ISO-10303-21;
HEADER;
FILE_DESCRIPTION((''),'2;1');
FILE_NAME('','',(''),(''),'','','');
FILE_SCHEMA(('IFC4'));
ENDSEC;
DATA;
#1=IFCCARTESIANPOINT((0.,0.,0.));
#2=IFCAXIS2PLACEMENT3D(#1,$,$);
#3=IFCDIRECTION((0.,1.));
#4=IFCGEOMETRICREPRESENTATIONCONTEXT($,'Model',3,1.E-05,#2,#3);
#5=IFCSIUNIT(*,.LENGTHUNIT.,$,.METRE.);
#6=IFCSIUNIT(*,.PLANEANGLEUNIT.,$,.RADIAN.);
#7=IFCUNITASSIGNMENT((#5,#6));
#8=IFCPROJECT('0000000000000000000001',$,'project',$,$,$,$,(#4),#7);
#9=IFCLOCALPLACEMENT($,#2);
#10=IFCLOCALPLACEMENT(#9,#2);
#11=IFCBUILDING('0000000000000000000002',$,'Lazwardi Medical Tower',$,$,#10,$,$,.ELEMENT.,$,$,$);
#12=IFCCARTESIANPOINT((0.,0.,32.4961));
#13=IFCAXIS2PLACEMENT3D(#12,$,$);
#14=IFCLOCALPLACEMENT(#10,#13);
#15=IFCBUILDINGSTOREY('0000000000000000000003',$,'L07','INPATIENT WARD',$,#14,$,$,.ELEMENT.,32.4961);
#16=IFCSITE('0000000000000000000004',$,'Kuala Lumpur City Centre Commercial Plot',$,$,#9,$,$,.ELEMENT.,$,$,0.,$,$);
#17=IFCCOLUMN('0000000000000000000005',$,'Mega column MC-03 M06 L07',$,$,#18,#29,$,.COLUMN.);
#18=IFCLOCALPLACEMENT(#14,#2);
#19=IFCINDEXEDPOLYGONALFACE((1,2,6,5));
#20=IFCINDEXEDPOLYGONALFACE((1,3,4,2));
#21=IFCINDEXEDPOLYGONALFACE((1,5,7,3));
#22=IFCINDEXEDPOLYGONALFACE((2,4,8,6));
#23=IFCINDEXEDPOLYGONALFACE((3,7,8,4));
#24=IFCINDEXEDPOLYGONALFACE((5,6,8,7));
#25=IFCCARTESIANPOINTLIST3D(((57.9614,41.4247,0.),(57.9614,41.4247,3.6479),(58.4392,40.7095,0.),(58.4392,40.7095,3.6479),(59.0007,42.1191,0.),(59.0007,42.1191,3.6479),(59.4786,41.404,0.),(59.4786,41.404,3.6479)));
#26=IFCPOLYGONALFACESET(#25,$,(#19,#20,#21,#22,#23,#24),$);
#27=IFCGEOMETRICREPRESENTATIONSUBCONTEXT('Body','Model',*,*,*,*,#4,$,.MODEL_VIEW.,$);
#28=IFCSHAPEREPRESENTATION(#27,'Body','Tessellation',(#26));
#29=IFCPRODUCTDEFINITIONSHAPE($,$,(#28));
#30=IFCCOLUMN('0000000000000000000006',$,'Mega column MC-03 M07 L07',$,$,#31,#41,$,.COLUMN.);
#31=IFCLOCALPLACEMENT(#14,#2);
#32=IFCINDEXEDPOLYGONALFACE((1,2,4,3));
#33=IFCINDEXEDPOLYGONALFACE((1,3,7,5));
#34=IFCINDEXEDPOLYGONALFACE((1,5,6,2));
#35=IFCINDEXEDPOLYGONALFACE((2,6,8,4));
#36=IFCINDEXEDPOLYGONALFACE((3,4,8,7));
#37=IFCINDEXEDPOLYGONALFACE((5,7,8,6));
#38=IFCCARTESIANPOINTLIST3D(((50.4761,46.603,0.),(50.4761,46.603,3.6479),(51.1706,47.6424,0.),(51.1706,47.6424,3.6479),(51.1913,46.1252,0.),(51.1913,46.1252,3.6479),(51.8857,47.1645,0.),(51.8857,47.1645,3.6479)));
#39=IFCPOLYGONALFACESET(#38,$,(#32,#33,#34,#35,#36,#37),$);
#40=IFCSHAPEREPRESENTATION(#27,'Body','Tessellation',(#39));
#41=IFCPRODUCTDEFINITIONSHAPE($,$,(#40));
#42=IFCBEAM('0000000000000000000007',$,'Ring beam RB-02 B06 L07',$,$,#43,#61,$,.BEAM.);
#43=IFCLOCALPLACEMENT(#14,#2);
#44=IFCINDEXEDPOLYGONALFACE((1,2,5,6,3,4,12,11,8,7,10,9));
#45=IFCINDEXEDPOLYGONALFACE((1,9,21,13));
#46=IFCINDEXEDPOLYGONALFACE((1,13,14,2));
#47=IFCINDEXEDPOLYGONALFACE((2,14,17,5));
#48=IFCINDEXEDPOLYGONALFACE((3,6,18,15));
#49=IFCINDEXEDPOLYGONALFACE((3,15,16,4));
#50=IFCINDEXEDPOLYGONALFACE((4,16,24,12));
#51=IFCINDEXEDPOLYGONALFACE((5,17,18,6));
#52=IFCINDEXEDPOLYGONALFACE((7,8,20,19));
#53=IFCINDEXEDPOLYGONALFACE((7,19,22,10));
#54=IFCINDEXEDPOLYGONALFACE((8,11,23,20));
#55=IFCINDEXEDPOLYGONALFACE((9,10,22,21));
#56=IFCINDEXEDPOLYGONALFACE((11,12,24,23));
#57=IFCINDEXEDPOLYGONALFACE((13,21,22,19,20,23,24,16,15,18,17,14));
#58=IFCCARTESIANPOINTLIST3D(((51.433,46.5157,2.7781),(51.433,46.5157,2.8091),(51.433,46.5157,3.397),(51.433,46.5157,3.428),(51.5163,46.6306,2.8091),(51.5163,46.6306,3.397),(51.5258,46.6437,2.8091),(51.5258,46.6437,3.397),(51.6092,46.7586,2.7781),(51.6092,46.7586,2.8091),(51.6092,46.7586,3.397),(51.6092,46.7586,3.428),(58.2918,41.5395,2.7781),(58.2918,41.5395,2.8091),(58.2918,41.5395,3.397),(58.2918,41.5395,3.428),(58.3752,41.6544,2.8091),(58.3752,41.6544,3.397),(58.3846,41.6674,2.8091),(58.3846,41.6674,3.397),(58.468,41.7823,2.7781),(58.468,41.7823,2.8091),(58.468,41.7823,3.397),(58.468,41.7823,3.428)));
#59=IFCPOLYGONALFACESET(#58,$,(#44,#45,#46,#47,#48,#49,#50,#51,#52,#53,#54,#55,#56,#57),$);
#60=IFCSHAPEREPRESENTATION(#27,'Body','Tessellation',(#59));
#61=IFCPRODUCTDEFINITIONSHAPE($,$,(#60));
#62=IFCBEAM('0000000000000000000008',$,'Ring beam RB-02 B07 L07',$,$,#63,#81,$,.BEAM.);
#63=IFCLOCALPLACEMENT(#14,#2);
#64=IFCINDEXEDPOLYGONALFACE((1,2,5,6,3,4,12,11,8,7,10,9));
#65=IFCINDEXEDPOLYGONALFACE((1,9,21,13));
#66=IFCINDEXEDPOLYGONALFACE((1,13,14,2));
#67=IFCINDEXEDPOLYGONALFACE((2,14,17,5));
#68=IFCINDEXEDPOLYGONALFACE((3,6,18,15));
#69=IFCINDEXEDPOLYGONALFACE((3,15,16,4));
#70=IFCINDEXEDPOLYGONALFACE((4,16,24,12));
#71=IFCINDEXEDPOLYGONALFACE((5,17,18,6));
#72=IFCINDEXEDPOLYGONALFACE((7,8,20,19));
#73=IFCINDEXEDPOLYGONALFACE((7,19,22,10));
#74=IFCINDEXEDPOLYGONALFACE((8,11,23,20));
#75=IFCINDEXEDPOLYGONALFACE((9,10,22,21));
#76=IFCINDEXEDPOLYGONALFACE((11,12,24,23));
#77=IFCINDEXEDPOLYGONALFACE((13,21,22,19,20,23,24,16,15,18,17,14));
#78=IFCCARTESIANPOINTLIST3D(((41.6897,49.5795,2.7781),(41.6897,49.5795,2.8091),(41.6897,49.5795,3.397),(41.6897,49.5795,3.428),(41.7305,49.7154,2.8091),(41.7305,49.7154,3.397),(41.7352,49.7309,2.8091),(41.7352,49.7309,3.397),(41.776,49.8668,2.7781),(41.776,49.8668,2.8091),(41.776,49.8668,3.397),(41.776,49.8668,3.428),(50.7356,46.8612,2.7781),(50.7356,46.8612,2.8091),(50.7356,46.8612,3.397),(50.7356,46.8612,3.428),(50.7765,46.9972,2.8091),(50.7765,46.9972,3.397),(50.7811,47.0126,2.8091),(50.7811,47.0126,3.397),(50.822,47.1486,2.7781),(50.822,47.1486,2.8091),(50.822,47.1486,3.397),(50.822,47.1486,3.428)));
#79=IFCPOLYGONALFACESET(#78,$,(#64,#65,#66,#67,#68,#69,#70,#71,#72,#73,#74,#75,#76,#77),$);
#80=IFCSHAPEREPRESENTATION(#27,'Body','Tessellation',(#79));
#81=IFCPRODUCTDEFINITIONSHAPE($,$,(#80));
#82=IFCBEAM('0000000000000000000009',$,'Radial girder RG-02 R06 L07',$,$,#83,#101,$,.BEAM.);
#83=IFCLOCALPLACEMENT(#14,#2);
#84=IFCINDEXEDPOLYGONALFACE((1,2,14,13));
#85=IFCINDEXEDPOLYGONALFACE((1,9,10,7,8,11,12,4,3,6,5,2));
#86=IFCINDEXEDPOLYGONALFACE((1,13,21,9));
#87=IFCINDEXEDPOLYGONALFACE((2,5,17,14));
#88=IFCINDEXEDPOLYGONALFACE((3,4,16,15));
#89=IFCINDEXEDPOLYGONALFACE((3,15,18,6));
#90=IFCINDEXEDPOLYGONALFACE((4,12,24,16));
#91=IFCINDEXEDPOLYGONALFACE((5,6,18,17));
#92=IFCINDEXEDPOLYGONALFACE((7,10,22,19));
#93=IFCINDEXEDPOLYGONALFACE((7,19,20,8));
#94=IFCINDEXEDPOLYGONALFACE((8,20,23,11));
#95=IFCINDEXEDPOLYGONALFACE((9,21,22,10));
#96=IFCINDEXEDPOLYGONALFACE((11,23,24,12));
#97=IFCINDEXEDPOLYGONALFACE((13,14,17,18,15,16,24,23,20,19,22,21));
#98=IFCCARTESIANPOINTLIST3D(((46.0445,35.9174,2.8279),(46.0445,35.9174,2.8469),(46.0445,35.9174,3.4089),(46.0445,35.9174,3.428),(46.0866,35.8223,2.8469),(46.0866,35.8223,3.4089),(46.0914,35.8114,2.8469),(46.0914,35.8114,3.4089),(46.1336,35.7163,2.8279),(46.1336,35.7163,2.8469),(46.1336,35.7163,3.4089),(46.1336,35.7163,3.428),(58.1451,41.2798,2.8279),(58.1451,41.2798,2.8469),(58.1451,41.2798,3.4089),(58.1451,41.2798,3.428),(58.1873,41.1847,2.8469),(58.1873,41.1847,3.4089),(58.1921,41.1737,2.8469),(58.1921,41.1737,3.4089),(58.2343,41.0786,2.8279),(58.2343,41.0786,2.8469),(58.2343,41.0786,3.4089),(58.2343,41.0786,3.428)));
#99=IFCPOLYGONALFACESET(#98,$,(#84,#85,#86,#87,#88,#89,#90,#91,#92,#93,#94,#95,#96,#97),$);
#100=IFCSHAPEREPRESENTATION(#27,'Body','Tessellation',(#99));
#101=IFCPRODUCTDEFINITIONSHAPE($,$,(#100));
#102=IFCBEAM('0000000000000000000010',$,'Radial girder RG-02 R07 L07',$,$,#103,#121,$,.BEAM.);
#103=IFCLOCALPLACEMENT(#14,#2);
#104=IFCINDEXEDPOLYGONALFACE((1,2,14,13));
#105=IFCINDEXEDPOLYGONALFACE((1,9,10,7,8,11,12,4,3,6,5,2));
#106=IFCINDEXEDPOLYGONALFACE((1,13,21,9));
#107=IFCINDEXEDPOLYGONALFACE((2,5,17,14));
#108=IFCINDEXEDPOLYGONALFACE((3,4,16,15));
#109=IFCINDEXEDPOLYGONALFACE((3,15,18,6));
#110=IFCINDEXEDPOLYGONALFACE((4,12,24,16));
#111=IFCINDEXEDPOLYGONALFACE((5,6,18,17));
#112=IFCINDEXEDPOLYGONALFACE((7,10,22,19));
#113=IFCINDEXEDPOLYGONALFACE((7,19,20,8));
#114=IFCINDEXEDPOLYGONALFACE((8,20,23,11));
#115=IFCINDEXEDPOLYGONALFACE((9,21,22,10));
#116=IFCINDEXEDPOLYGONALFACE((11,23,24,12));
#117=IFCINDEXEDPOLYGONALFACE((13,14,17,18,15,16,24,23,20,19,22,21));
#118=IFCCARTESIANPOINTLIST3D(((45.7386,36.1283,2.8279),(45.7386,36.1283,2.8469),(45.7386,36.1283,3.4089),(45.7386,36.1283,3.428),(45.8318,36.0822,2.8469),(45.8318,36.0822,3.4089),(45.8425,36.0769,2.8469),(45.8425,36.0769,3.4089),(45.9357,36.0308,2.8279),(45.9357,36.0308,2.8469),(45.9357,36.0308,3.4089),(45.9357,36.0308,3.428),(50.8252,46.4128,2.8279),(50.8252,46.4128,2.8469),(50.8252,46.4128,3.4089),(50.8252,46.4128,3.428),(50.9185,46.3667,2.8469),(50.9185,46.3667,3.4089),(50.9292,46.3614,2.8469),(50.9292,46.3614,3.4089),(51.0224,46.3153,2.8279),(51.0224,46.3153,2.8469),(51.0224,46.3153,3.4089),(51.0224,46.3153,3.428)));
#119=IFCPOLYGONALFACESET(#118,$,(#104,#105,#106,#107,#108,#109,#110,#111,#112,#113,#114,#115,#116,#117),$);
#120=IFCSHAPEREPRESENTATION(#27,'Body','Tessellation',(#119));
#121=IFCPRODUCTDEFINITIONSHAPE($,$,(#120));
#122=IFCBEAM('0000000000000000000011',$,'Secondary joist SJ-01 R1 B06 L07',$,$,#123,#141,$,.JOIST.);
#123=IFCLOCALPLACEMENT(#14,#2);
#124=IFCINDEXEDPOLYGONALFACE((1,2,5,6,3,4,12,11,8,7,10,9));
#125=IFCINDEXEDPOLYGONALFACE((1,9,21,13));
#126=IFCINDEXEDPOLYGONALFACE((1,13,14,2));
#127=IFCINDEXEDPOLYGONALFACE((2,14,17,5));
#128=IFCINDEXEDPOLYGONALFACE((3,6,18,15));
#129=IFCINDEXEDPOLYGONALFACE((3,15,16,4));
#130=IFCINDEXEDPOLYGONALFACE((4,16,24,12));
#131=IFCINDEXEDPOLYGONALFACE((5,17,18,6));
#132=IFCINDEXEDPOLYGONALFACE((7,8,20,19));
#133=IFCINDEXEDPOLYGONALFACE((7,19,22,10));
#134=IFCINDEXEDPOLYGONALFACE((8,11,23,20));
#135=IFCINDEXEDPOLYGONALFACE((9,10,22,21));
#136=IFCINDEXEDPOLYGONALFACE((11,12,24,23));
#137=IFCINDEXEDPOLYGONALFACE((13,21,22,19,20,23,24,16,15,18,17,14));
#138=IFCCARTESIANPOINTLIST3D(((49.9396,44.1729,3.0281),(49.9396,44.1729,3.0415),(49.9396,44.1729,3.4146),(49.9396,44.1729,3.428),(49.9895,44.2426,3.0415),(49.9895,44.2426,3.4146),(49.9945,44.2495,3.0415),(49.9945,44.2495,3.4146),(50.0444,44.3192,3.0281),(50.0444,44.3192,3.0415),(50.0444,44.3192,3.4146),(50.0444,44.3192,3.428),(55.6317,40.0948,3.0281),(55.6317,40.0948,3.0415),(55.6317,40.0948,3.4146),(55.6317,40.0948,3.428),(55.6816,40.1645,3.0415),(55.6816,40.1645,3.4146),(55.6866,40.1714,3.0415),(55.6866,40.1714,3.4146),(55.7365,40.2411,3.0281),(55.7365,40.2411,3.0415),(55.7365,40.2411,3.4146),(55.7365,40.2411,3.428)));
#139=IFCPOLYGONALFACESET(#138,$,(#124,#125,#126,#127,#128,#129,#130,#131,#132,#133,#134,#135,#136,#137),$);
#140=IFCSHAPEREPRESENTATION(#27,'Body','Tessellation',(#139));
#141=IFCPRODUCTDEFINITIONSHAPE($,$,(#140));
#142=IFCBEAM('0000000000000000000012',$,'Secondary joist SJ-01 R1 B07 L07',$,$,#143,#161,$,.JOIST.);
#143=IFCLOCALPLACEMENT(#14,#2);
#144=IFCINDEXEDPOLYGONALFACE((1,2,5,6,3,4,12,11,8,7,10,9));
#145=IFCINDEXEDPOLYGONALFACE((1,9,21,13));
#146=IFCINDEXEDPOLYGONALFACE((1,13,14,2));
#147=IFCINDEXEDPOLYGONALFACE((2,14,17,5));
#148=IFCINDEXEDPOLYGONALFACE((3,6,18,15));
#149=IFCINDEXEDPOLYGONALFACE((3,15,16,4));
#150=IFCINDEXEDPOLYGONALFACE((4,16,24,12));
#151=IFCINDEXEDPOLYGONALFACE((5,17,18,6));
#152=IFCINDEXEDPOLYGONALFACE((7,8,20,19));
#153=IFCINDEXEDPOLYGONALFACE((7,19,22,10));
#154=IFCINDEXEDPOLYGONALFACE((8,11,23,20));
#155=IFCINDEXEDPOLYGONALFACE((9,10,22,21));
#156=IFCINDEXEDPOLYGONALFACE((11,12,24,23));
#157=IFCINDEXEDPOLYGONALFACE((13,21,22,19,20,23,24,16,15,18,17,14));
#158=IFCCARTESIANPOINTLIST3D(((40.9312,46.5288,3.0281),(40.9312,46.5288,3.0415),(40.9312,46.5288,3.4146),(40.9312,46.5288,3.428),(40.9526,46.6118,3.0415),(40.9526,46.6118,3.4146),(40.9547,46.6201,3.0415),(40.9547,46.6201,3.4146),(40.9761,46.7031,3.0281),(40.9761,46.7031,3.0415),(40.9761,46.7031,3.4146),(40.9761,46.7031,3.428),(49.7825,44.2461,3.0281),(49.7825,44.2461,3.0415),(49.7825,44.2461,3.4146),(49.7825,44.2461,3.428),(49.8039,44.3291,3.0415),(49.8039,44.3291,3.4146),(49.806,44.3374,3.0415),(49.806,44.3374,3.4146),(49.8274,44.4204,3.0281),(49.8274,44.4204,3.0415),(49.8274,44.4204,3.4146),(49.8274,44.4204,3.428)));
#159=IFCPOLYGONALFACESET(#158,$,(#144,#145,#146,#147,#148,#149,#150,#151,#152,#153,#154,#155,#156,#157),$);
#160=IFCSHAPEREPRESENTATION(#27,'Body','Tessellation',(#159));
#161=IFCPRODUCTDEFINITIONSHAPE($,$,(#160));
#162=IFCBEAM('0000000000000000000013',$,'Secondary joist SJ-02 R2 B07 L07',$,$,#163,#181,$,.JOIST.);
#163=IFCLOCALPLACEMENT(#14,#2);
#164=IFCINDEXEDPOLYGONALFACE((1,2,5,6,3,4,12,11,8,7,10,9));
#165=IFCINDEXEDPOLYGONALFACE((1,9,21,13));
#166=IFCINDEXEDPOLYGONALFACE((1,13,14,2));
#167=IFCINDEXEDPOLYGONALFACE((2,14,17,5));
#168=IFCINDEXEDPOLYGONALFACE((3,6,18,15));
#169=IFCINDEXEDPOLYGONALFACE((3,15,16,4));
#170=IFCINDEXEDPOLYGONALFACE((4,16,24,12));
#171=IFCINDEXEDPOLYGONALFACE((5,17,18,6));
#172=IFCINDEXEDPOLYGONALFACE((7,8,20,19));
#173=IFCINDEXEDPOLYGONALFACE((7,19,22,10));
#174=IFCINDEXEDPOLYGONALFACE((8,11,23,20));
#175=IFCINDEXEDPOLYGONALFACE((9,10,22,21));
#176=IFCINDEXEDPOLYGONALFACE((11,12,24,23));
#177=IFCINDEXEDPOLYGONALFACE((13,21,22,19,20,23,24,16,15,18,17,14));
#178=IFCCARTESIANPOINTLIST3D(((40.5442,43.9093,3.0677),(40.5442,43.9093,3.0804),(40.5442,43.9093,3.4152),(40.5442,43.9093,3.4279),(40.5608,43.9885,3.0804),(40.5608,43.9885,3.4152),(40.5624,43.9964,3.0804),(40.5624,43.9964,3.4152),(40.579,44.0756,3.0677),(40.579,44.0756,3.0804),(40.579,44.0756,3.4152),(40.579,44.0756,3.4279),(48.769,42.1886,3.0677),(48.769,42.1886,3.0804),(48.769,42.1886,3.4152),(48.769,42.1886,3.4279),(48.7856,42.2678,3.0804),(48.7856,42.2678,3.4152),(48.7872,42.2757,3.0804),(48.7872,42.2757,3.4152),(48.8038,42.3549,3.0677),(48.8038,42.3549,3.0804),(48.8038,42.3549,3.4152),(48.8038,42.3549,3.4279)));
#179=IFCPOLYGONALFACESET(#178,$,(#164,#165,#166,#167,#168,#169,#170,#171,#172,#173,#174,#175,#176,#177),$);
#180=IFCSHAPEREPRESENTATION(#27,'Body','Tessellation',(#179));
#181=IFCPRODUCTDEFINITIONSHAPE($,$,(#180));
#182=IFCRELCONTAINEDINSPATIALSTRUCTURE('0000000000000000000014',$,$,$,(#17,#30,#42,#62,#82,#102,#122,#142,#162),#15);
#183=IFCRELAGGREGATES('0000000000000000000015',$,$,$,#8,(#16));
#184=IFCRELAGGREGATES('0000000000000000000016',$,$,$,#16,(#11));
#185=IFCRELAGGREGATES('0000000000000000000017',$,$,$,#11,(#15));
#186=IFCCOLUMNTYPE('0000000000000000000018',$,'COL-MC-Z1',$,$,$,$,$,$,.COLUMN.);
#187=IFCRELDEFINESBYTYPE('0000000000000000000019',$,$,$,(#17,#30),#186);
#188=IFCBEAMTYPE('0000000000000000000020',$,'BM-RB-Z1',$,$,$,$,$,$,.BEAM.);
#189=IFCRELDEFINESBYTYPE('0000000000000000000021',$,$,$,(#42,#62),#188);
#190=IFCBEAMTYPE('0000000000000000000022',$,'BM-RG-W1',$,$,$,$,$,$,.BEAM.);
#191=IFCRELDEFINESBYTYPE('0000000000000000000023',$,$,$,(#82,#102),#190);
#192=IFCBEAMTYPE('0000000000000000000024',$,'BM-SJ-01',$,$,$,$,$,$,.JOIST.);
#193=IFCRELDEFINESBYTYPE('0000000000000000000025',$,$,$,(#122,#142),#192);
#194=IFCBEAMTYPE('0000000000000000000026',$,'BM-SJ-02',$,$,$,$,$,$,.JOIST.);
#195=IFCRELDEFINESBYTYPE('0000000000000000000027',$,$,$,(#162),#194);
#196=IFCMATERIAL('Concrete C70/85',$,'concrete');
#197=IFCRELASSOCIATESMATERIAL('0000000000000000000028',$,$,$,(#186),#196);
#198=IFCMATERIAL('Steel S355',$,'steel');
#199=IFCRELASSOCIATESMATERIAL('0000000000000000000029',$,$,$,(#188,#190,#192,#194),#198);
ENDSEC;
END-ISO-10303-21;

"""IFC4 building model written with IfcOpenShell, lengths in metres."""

from ifc_helpers import new_model, si_unit, direction, frame, origin, origin_2d, place, context, subcontext, project, spatial, rectangle, i_section, extrude, material, material_profile, profile_set, type_object, element, save


model = new_model("IFC4")

# Units and contexts
model_context = context("Model", 3, precision=1e-05, world=origin(), true_north=direction((0.0, 1.0)))
body_context = subcontext(model_context, "Body", "Model", "MODEL_VIEW")
ifc_project = project(units=[si_unit("LENGTHUNIT", "METRE"), si_unit("PLANEANGLEUNIT", "RADIAN")], contexts=[model_context])

# Site, building, storey
site_placement = place(None, origin())
site = spatial("IfcSite", under=ifc_project, at=site_placement, Name="Kuala Lumpur City Centre Commercial Plot", CompositionType="ELEMENT", RefElevation=0.0)
building_placement = place(site_placement, origin())
building = spatial("IfcBuilding", under=site, at=building_placement, Name="Lazwardi Medical Tower", CompositionType="ELEMENT")
storey_placement = place(building_placement, frame((0.0, 0.0, 32.4961)))
storey = spatial("IfcBuildingStorey", under=building, at=storey_placement, Name="L07", Description="INPATIENT WARD", CompositionType="ELEMENT", Elevation=32.4961)

# Columns
ifc_material_1 = material(Name="Concrete C70/85", Category="concrete")
ifc_material_profile_1 = material_profile(ifc_material_1, rectangle(XDim=1.25, YDim=0.8601, at=origin_2d()), Name="CFT-RECT 1250x860")
ifc_profile_set_1 = profile_set([ifc_material_profile_1], Name="Concrete C70/85")
column_type = type_object("IfcColumnType", Name="COL-MC-Z1", PredefinedType="COLUMN", material=ifc_profile_set_1)
for number, where, z_axis, x_axis, name in (
    (1, (58.72, 41.4143, 0.0), (0.0, 0.0, 1.0), (0.83147, 0.55557, 0.0), "Mega column MC-03 M06 L07"),
    (2, (51.1809, 46.8838, 0.0), (0.0, 0.0, 1.0), (0.55557, 0.83147, 0.0), "Mega column MC-03 M07 L07"),
):
    element("IfcColumn", number, at=place(storey_placement, frame(where, z_axis=z_axis, x_axis=x_axis)), inside=storey, type_object=column_type, Name=name, PredefinedType="COLUMN", context=body_context, shape_type="SweptSolid", body=[
        extrude(rectangle(XDim=1.25, YDim=0.8601, at=origin_2d()), origin(), (0.0, 0.0, 1.0), 3.6479),
    ])

# Beams
ifc_material_2 = material(Name="Steel S355", Category="steel")
ifc_material_profile_2 = material_profile(ifc_material_2, i_section(OverallWidth=0.3, OverallDepth=0.6499, WebThickness=0.0161, FlangeThickness=0.031, at=origin_2d()), Name="HEB 650")
ifc_profile_set_2 = profile_set([ifc_material_profile_2], Name="Steel S355")
beam_type_1 = type_object("IfcBeamType", Name="BM-RB-Z1", PredefinedType="BEAM", material=ifc_profile_set_2)
beam_1_placement = place(storey_placement, frame((58.3799, 41.6609, 3.103), z_axis=(-0.809407, 0.587248, 0.0), x_axis=(-0.587248, -0.809407, 0.0)))
element("IfcBeam", 3, at=beam_1_placement, inside=storey, type_object=beam_type_1, Name="Ring beam RB-02 B06 L07", PredefinedType="BEAM", context=body_context, shape_type="SweptSolid", body=[
    extrude(i_section(OverallWidth=0.3, OverallDepth=0.6499, WebThickness=0.0161, FlangeThickness=0.031, at=origin_2d()), origin(), (0.0, 0.0, 1.0), 8.4739),
])
beam_2_placement = place(storey_placement, frame((50.7788, 47.0049, 3.103), z_axis=(-0.957695, 0.287784, 0.0), x_axis=(-0.287784, -0.957695, 0.0)))
element("IfcBeam", 4, at=beam_2_placement, inside=storey, type_object=beam_type_1, Name="Ring beam RB-02 B07 L07", PredefinedType="BEAM", context=body_context, shape_type="SweptSolid", body=[
    extrude(i_section(OverallWidth=0.3, OverallDepth=0.6499, WebThickness=0.0161, FlangeThickness=0.031, at=origin_2d()), origin(), (0.0, 0.0, 1.0), 9.4456),
])
ifc_material_profile_3 = material_profile(ifc_material_2, i_section(OverallWidth=0.22, OverallDepth=0.6001, WebThickness=0.012, FlangeThickness=0.019, at=origin_2d()), Name="IPE 600")
ifc_profile_set_3 = profile_set([ifc_material_profile_3], Name="Steel S355")
beam_type_2 = type_object("IfcBeamType", Name="BM-RG-W1", PredefinedType="BEAM", material=ifc_profile_set_3)
beam_3_placement = place(storey_placement, frame((58.1897, 41.1792, 3.1279), z_axis=(-0.914252, -0.405146, 0.0), x_axis=(0.405146, -0.914252, 0.0)))
element("IfcBeam", 5, at=beam_3_placement, inside=storey, type_object=beam_type_2, Name="Radial girder RG-02 R06 L07", PredefinedType="BEAM", context=body_context, shape_type="SweptSolid", body=[
    extrude(i_section(OverallWidth=0.22, OverallDepth=0.6001, WebThickness=0.012, FlangeThickness=0.019, at=origin_2d()), origin(), (0.0, 0.0, 1.0), 13.2356),
])
beam_4_placement = place(storey_placement, frame((50.9238, 46.364, 3.1279), z_axis=(-0.443337, -0.896355, 0.0), x_axis=(0.896355, -0.443337, 0.0)))
element("IfcBeam", 6, at=beam_4_placement, inside=storey, type_object=beam_type_2, Name="Radial girder RG-02 R07 L07", PredefinedType="BEAM", context=body_context, shape_type="SweptSolid", body=[
    extrude(i_section(OverallWidth=0.22, OverallDepth=0.6001, WebThickness=0.012, FlangeThickness=0.019, at=origin_2d()), origin(), (0.0, 0.0, 1.0), 11.4736),
])
ifc_material_profile_4 = material_profile(ifc_material_2, i_section(OverallWidth=0.1799, OverallDepth=0.3999, WebThickness=0.0085, FlangeThickness=0.0134, at=origin_2d()), Name="IPE 400")
ifc_profile_set_4 = profile_set([ifc_material_profile_4], Name="Steel S355")
beam_type_3 = type_object("IfcBeamType", Name="BM-SJ-01", PredefinedType="JOIST", material=ifc_profile_set_4)
beam_5_placement = place(storey_placement, frame((55.6841, 40.168, 3.228), z_axis=(-0.812901, 0.582402, 0.0), x_axis=(-0.582402, -0.812901, 0.0)))
element("IfcBeam", 7, at=beam_5_placement, inside=storey, type_object=beam_type_3, Name="Secondary joist SJ-01 R1 B06 L07", PredefinedType="JOIST", context=body_context, shape_type="SweptSolid", body=[
    extrude(i_section(OverallWidth=0.1799, OverallDepth=0.3999, WebThickness=0.0085, FlangeThickness=0.0134, at=origin_2d()), origin(), (0.0, 0.0, 1.0), 7.0022),
])
beam_6_placement = place(storey_placement, frame((49.8049, 44.3333, 3.228), z_axis=(-0.968317, 0.249725, 0.0), x_axis=(-0.249725, -0.968317, 0.0)))
element("IfcBeam", 8, at=beam_6_placement, inside=storey, type_object=beam_type_3, Name="Secondary joist SJ-01 R1 B07 L07", PredefinedType="JOIST", context=body_context, shape_type="SweptSolid", body=[
    extrude(i_section(OverallWidth=0.1799, OverallDepth=0.3999, WebThickness=0.0085, FlangeThickness=0.0134, at=origin_2d()), origin(), (0.0, 0.0, 1.0), 9.1409),
])
ifc_material_profile_5 = material_profile(ifc_material_2, i_section(OverallWidth=0.1699, OverallDepth=0.3601, WebThickness=0.0081, FlangeThickness=0.0127, at=origin_2d()), Name="IPE 360")
ifc_profile_set_5 = profile_set([ifc_material_profile_5], Name="Steel S355")
beam_type_4 = type_object("IfcBeamType", Name="BM-SJ-02", PredefinedType="JOIST", material=ifc_profile_set_5)
beam_7_placement = place(storey_placement, frame((48.7864, 42.2717, 3.2478), z_axis=(-0.978809, 0.204774, 0.0), x_axis=(-0.204774, -0.978809, 0.0)))
element("IfcBeam", 9, at=beam_7_placement, inside=storey, type_object=beam_type_4, Name="Secondary joist SJ-02 R2 B07 L07", PredefinedType="JOIST", context=body_context, shape_type="SweptSolid", body=[
    extrude(i_section(OverallWidth=0.1699, OverallDepth=0.3601, WebThickness=0.0081, FlangeThickness=0.0127, at=origin_2d()), origin(), (0.0, 0.0, 1.0), 8.4028),
])

save(model, "model.ifc")
